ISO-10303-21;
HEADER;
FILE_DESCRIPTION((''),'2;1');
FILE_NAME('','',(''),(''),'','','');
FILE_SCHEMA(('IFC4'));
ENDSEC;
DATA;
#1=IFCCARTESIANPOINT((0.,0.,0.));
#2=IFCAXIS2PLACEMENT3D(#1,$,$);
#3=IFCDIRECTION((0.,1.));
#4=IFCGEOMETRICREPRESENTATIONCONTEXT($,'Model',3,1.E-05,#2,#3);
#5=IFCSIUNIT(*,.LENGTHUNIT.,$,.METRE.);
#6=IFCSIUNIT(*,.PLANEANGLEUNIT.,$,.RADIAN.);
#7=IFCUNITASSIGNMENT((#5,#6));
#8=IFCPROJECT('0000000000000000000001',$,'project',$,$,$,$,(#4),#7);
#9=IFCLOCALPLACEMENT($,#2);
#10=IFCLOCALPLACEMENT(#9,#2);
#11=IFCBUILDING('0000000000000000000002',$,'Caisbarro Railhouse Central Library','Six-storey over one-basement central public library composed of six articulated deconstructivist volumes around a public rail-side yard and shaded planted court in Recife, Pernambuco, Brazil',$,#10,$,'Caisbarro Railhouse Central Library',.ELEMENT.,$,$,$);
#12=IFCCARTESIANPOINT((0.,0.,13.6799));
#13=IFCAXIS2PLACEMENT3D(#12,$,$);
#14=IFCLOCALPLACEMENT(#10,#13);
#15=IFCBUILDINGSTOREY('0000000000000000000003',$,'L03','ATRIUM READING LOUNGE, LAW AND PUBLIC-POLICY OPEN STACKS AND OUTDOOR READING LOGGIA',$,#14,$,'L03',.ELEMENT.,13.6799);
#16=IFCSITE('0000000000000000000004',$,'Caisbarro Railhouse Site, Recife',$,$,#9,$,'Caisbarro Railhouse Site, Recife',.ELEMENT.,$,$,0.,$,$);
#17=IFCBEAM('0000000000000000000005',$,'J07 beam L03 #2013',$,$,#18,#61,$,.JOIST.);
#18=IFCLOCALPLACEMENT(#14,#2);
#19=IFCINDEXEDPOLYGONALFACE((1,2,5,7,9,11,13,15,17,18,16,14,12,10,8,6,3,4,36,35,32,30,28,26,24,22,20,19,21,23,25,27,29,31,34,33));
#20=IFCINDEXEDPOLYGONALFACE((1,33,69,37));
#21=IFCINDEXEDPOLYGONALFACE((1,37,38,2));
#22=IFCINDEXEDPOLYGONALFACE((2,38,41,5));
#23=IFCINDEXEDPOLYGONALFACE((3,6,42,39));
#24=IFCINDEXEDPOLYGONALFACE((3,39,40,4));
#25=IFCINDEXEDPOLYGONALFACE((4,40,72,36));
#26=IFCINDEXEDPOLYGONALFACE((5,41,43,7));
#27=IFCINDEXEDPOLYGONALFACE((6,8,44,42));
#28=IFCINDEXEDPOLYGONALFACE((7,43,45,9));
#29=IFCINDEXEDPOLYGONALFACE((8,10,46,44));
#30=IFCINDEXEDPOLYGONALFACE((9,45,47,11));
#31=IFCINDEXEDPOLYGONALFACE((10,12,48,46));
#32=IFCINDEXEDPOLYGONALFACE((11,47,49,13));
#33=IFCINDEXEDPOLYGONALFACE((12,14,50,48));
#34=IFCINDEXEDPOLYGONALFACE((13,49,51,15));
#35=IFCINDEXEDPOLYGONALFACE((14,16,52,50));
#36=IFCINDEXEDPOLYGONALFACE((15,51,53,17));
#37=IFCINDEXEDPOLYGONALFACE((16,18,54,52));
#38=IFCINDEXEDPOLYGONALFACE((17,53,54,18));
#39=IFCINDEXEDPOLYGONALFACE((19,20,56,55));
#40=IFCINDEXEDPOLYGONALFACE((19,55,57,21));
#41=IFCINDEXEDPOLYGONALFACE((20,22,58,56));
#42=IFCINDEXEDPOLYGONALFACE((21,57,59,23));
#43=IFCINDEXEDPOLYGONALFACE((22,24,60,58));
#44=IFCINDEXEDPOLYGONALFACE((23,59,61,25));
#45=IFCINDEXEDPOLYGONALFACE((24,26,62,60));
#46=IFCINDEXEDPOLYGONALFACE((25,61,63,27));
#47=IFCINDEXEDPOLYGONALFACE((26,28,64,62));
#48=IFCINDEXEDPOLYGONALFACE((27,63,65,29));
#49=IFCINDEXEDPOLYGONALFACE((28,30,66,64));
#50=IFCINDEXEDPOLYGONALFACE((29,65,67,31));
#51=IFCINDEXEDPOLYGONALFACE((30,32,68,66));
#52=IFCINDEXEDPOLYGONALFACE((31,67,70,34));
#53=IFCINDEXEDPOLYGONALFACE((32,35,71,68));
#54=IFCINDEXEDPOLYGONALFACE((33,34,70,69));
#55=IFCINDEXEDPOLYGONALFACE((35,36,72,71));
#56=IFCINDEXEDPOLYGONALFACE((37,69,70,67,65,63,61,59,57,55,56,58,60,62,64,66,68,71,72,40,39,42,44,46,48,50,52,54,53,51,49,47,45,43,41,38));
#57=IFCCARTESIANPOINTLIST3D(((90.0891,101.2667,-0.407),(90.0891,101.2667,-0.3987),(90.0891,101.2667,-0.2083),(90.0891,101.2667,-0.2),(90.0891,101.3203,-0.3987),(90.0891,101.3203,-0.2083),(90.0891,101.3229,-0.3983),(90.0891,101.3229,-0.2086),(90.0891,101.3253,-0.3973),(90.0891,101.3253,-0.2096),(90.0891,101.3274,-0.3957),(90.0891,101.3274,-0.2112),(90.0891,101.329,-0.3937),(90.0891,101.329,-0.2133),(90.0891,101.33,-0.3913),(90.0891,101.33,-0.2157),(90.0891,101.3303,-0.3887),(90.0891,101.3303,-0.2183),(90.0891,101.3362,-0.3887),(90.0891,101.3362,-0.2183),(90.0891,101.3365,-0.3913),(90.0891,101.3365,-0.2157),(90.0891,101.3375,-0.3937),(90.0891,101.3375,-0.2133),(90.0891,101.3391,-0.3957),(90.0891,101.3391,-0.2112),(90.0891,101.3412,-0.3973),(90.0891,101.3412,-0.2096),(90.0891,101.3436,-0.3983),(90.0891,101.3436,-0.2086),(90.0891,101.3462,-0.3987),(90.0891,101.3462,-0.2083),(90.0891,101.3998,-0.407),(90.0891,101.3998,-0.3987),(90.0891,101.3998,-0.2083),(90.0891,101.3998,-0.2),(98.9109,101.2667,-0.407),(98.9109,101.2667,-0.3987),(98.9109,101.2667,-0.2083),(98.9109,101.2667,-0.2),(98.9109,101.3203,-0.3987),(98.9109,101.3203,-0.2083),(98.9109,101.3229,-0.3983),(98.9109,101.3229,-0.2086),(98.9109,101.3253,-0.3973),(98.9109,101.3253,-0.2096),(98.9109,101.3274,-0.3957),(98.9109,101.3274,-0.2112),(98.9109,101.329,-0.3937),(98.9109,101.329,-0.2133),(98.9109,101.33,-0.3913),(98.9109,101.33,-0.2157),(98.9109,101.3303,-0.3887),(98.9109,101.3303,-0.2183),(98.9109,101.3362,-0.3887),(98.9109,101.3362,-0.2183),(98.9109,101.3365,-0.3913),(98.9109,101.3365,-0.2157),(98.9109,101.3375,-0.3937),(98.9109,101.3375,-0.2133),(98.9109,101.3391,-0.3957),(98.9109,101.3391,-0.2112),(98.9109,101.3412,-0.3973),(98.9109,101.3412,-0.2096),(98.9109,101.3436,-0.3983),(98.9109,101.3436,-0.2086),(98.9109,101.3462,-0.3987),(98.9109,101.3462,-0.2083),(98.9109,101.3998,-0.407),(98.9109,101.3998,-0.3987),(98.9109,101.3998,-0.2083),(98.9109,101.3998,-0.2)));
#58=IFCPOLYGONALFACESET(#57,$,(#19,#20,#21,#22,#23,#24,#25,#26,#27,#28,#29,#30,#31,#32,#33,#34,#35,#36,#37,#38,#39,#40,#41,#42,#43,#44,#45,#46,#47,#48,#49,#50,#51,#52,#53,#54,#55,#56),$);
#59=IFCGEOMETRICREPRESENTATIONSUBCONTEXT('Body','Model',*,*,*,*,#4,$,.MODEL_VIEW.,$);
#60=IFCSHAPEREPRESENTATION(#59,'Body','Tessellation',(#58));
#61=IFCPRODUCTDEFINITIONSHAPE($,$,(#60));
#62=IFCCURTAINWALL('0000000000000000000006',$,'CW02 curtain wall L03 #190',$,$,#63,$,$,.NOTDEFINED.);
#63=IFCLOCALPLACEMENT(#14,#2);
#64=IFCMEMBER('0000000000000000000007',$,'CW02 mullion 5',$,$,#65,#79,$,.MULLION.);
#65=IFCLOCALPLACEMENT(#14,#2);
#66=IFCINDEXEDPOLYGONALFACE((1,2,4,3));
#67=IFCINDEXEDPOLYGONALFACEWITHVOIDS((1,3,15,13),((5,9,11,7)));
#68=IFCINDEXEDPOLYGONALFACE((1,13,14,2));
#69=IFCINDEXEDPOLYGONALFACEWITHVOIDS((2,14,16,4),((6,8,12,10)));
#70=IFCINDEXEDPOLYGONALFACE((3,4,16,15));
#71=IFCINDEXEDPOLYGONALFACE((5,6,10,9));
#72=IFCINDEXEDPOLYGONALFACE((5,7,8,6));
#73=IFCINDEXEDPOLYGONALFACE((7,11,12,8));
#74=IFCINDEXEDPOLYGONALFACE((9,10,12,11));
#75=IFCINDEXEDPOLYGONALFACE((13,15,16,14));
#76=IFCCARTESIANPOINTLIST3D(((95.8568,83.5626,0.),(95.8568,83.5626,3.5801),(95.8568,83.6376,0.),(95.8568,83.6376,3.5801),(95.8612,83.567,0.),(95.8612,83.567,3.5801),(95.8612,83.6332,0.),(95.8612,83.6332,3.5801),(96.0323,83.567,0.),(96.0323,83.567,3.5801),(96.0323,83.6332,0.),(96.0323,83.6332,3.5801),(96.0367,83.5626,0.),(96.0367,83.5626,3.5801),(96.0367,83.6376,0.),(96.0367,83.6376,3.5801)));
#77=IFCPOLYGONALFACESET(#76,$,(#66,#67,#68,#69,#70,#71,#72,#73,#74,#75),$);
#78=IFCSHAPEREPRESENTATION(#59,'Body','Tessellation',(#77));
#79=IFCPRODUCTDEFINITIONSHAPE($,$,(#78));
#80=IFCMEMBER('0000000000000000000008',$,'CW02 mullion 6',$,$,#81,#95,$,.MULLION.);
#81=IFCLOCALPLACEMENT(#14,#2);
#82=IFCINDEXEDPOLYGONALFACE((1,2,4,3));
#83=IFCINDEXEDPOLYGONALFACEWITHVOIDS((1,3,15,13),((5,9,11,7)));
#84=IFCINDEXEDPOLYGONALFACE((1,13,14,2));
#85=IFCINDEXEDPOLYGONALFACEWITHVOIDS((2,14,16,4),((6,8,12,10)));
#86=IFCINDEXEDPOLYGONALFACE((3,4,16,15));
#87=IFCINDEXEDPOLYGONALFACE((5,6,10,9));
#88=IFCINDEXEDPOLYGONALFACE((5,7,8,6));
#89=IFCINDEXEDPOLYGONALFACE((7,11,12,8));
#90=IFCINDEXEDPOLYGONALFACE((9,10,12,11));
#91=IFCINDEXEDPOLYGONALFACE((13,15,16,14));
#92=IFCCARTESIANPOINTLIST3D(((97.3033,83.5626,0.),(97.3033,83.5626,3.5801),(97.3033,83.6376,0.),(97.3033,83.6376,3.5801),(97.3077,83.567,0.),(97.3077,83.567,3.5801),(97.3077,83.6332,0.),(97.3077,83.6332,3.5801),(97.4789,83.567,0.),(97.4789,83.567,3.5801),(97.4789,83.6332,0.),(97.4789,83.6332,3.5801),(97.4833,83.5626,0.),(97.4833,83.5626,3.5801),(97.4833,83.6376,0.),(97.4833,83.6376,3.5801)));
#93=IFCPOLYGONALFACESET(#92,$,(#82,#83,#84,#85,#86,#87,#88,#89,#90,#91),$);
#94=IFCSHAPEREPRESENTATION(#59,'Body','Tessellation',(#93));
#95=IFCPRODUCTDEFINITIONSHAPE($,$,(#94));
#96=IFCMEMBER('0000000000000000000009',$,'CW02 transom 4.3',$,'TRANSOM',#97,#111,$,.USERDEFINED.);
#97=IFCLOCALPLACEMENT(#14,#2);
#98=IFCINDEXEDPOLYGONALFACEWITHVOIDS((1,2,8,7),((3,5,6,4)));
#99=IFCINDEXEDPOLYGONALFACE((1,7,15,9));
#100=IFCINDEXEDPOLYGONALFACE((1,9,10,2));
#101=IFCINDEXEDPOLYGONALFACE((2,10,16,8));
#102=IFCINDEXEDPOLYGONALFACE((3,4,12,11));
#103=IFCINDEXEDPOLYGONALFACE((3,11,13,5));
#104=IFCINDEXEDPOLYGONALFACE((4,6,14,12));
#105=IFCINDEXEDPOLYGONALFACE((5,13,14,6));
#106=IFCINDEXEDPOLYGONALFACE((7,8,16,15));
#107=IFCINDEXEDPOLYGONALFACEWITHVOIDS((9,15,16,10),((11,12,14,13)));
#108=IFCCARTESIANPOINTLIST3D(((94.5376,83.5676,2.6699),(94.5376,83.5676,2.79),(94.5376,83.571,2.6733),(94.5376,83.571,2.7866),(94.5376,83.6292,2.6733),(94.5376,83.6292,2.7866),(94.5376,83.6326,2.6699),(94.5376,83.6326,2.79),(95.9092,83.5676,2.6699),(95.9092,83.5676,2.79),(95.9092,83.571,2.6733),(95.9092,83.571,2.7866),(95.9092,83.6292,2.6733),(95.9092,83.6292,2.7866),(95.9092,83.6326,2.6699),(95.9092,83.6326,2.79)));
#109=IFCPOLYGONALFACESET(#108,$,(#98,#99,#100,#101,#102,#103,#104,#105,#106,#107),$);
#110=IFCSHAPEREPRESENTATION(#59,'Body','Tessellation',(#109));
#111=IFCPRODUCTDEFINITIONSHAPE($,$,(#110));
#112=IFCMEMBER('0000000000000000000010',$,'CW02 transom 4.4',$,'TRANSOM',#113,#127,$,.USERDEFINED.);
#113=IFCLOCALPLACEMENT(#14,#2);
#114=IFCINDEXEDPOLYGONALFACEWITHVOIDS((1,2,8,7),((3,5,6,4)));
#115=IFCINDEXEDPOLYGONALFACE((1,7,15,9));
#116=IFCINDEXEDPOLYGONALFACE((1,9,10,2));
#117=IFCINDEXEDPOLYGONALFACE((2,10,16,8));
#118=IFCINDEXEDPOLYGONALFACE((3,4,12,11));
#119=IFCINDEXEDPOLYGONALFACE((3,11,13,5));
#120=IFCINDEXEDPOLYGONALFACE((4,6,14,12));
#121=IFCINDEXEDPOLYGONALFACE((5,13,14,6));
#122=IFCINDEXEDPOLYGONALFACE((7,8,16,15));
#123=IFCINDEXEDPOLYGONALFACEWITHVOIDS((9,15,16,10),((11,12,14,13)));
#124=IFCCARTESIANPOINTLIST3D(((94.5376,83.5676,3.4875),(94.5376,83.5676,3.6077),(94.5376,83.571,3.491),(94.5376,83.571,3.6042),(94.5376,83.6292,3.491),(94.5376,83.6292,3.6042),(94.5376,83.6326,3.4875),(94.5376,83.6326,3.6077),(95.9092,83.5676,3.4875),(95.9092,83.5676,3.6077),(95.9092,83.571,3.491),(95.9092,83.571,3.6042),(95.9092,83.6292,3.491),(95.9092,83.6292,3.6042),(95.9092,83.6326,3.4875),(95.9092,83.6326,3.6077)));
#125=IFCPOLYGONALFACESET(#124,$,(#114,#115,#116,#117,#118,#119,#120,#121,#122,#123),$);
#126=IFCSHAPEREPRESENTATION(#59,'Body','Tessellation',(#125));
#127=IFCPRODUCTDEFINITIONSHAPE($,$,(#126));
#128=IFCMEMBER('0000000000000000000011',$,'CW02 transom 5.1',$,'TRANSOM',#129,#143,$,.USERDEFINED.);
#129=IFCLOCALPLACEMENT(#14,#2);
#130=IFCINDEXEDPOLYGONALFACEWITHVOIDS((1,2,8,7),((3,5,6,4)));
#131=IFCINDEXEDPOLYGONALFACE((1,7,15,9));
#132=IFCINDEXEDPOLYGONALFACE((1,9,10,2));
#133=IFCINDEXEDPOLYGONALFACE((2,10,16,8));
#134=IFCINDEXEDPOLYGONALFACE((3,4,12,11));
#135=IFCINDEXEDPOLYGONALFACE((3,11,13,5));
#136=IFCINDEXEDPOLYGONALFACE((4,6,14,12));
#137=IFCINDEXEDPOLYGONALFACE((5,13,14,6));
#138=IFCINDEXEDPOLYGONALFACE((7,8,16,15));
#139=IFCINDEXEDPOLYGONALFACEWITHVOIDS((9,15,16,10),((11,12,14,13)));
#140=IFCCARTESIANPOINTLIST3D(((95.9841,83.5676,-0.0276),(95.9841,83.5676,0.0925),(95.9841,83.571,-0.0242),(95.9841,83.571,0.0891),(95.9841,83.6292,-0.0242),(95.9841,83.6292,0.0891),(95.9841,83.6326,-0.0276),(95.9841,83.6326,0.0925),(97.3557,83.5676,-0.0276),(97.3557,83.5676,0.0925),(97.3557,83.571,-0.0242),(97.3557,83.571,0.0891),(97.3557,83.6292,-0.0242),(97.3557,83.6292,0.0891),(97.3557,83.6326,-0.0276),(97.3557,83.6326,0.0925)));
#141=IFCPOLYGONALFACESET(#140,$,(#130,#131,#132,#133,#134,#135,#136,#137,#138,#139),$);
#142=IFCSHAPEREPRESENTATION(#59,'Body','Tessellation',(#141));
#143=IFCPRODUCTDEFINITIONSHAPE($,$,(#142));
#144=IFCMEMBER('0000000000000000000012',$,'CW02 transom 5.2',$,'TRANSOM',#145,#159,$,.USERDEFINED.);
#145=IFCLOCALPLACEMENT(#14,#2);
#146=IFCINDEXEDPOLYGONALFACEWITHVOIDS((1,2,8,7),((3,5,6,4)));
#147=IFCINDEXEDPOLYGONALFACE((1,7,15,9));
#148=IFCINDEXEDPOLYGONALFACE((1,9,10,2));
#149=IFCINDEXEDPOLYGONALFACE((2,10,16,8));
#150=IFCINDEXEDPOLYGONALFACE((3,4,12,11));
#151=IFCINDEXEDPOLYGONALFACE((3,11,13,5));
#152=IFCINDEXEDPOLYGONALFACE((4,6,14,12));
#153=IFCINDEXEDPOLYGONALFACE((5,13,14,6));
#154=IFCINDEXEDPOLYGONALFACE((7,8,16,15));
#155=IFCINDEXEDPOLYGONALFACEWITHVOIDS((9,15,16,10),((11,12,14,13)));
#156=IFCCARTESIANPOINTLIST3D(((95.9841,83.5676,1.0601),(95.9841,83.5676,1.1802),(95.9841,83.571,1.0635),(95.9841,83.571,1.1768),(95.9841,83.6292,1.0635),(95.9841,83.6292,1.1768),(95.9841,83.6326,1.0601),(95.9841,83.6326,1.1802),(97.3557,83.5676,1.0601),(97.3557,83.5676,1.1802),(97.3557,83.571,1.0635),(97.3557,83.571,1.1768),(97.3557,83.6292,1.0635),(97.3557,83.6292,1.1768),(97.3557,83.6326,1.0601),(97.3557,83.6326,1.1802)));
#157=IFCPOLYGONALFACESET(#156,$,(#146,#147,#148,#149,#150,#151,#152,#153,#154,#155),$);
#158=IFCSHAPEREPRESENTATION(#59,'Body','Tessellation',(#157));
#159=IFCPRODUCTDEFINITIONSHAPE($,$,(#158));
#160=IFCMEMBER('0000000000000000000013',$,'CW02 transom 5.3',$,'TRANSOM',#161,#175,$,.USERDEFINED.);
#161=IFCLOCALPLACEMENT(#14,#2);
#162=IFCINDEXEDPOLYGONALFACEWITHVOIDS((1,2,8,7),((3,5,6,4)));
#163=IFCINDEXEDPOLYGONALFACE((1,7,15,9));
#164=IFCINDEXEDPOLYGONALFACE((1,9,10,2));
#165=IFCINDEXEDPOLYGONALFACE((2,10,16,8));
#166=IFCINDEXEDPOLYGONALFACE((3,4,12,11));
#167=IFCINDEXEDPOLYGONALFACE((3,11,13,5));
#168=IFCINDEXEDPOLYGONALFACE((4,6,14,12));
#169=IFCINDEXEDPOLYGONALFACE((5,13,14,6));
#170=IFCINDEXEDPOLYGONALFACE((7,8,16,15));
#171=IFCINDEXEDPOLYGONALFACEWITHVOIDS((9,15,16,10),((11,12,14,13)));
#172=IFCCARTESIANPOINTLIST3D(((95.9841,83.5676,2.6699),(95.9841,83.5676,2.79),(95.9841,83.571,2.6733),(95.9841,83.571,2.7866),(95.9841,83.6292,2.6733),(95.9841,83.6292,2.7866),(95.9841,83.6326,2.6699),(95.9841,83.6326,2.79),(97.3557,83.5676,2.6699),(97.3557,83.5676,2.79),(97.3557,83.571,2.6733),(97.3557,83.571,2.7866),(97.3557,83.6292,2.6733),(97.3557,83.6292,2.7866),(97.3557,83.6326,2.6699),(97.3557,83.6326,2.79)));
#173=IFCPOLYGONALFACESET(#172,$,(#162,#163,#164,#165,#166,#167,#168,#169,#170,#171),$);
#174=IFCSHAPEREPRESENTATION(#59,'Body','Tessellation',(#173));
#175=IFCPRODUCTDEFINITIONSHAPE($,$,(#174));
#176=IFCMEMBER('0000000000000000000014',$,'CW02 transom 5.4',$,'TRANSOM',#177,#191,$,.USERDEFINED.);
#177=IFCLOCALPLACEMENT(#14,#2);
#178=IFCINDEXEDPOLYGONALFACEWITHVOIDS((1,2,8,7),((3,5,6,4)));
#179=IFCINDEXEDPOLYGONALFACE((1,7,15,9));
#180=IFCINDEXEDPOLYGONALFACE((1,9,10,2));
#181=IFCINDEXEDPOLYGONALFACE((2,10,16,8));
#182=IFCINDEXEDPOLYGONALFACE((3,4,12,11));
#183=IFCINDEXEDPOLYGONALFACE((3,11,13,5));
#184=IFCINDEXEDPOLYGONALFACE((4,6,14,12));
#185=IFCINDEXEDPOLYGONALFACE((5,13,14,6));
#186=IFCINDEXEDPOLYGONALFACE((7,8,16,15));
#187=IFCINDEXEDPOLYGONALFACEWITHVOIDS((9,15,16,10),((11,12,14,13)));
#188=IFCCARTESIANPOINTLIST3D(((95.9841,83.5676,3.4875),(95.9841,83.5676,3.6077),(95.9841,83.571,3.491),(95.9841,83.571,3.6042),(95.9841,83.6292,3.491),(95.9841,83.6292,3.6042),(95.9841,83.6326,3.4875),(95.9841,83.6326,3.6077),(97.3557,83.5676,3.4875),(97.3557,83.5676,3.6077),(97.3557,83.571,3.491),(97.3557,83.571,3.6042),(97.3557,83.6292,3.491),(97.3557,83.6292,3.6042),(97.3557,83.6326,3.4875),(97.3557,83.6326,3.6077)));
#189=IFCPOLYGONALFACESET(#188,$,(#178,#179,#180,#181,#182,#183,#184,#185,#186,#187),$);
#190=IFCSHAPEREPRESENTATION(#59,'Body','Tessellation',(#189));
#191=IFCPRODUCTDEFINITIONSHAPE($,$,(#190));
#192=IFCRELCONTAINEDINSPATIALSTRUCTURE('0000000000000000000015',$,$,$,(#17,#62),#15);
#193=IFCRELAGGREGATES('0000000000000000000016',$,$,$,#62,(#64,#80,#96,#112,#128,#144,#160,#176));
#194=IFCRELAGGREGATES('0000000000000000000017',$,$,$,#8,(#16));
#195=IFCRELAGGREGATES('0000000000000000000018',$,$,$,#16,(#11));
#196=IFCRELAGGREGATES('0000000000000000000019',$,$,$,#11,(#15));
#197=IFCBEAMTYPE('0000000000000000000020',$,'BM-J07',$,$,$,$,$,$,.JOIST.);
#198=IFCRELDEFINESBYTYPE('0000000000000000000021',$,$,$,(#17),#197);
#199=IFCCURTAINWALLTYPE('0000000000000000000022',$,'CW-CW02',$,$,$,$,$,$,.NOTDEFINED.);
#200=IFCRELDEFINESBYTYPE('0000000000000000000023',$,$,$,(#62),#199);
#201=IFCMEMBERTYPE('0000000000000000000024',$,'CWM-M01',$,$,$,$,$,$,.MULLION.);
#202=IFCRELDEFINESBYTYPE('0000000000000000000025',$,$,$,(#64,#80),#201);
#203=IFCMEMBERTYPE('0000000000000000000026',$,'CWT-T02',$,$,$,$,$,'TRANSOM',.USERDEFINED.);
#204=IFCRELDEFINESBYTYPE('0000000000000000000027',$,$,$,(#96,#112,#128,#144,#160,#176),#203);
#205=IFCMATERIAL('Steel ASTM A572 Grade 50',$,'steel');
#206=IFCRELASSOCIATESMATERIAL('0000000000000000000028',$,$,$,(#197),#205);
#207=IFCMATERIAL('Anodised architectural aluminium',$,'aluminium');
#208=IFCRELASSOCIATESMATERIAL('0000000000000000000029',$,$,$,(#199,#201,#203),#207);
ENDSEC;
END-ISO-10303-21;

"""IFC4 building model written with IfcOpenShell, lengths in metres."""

from ifc_helpers import new_model, si_unit, direction, frame, origin, origin_2d, place, context, subcontext, project, spatial, hollow_rectangle, i_section, extrude, material, material_profile, profile_set, type_object, element, aggregate, save


model = new_model("IFC4")

# Units and contexts
model_context = context("Model", 3, precision=1e-05, world=origin(), true_north=direction((0.0, 1.0)))
body_context = subcontext(model_context, "Body", "Model", "MODEL_VIEW")
ifc_project = project(units=[si_unit("LENGTHUNIT", "METRE"), si_unit("PLANEANGLEUNIT", "RADIAN")], contexts=[model_context])

# Site, building, storey
site_placement = place(None, origin())
site = spatial("IfcSite", under=ifc_project, at=site_placement, Name="Caisbarro Railhouse Site, Recife", LongName="Caisbarro Railhouse Site, Recife", CompositionType="ELEMENT", RefElevation=0.0)
building_placement = place(site_placement, origin())
building = spatial("IfcBuilding", under=site, at=building_placement, Name="Caisbarro Railhouse Central Library", Description="Six-storey over one-basement central public library composed of six articulated deconstructivist volumes around a public rail-side yard and shaded planted court in Recife, Pernambuco, Brazil", LongName="Caisbarro Railhouse Central Library", CompositionType="ELEMENT")
storey_placement = place(building_placement, frame((0.0, 0.0, 13.6799)))
storey = spatial("IfcBuildingStorey", under=building, at=storey_placement, Name="L03", Description="ATRIUM READING LOUNGE, LAW AND PUBLIC-POLICY OPEN STACKS AND OUTDOOR READING LOGGIA", LongName="L03", CompositionType="ELEMENT", Elevation=13.6799)

# Beam
ifc_material_1 = material(Name="Steel ASTM A572 Grade 50", Category="steel")
ifc_material_profile_1 = material_profile(ifc_material_1, i_section(OverallWidth=0.1331, OverallDepth=0.207, WebThickness=0.0059, FlangeThickness=0.0083, FilletRadius=0.01, at=origin_2d()), Name="W200X26.6")
ifc_profile_set_1 = profile_set([ifc_material_profile_1], Name="Steel ASTM A572 Grade 50")
beam_type = type_object("IfcBeamType", Name="BM-J07", PredefinedType="JOIST", material=ifc_profile_set_1)
for number, where, z_axis, x_axis, name in (
    (1, (90.0891, 101.3333, -0.3035), (1.0, 0.0, 0.0), (0.0, 1.0, 0.0), "J07 beam L03 #2013"),
):
    element("IfcBeam", number, at=place(storey_placement, frame(where, z_axis=z_axis, x_axis=x_axis)), inside=storey, type_object=beam_type, Name=name, PredefinedType="JOIST", context=body_context, shape_type="SweptSolid", body=[
        extrude(i_section(OverallWidth=0.1331, OverallDepth=0.207, WebThickness=0.0059, FlangeThickness=0.0083, FilletRadius=0.01, at=origin_2d()), origin(), (0.0, 0.0, 1.0), 8.8218),
    ])

# Curtain wall, members
ifc_material_2 = material(Name="Anodised architectural aluminium", Category="aluminium")
curtain_wall_type = type_object("IfcCurtainWallType", Name="CW-CW02", PredefinedType="NOTDEFINED", material=ifc_material_2)
curtain_wall_placement = place(storey_placement, origin())
curtain_wall = element("IfcCurtainWall", 2, at=curtain_wall_placement, inside=storey, type_object=curtain_wall_type, Name="CW02 curtain wall L03 #190", PredefinedType="NOTDEFINED")
ifc_material_profile_2 = material_profile(ifc_material_2, hollow_rectangle(XDim=0.075, YDim=0.1799, WallThickness=0.0044, at=origin_2d()), Name="ALU-MUL-75X180")
ifc_profile_set_2 = profile_set([ifc_material_profile_2], Name="Anodised architectural aluminium")
member_type_1 = type_object("IfcMemberType", Name="CWM-M01", PredefinedType="MULLION", material=ifc_profile_set_2)
member_1_placement = place(storey_placement, frame((95.9468, 83.6001, 0.0), z_axis=(0.0, 0.0, 1.0), x_axis=(0.0, 1.0, 0.0)))
member_1 = element("IfcMember", 3, at=member_1_placement, type_object=member_type_1, Name="CW02 mullion 5", PredefinedType="MULLION", context=body_context, shape_type="SweptSolid", body=[
    extrude(hollow_rectangle(XDim=0.075, YDim=0.1799, WallThickness=0.0044, at=origin_2d()), origin(), (0.0, 0.0, 1.0), 3.5801),
])
member_2_placement = place(storey_placement, frame((97.3933, 83.6001, 0.0), z_axis=(0.0, 0.0, 1.0), x_axis=(0.0, 1.0, 0.0)))
member_2 = element("IfcMember", 4, at=member_2_placement, type_object=member_type_1, Name="CW02 mullion 6", PredefinedType="MULLION", context=body_context, shape_type="SweptSolid", body=[
    extrude(hollow_rectangle(XDim=0.075, YDim=0.1799, WallThickness=0.0044, at=origin_2d()), origin(), (0.0, 0.0, 1.0), 3.5801),
])
ifc_material_profile_3 = material_profile(ifc_material_2, hollow_rectangle(XDim=0.0649, YDim=0.1201, WallThickness=0.0034, at=origin_2d()), Name="ALU-TRN-65X120")
ifc_profile_set_3 = profile_set([ifc_material_profile_3], Name="Anodised architectural aluminium")
member_type_2 = type_object("IfcMemberType", Name="CWT-T02", ElementType="TRANSOM", PredefinedType="USERDEFINED", material=ifc_profile_set_3)
member_3_placement = place(storey_placement, frame((94.5376, 83.6001, 2.73), z_axis=(1.0, 0.0, 0.0), x_axis=(0.0, 1.0, 0.0)))
member_3 = element("IfcMember", 5, at=member_3_placement, type_object=member_type_2, Name="CW02 transom 4.3", ObjectType="TRANSOM", PredefinedType="USERDEFINED", context=body_context, shape_type="SweptSolid", body=[
    extrude(hollow_rectangle(XDim=0.0649, YDim=0.1201, WallThickness=0.0034, at=origin_2d()), origin(), (0.0, 0.0, 1.0), 1.3716),
])
member_4_placement = place(storey_placement, frame((94.5376, 83.6001, 3.5476), z_axis=(1.0, 0.0, 0.0), x_axis=(0.0, 1.0, 0.0)))
member_4 = element("IfcMember", 6, at=member_4_placement, type_object=member_type_2, Name="CW02 transom 4.4", ObjectType="TRANSOM", PredefinedType="USERDEFINED", context=body_context, shape_type="SweptSolid", body=[
    extrude(hollow_rectangle(XDim=0.0649, YDim=0.1201, WallThickness=0.0034, at=origin_2d()), origin(), (0.0, 0.0, 1.0), 1.3716),
])
member_5_placement = place(storey_placement, frame((95.9841, 83.6001, 0.0325), z_axis=(1.0, 0.0, 0.0), x_axis=(0.0, 1.0, 0.0)))
member_5 = element("IfcMember", 7, at=member_5_placement, type_object=member_type_2, Name="CW02 transom 5.1", ObjectType="TRANSOM", PredefinedType="USERDEFINED", context=body_context, shape_type="SweptSolid", body=[
    extrude(hollow_rectangle(XDim=0.0649, YDim=0.1201, WallThickness=0.0034, at=origin_2d()), origin(), (0.0, 0.0, 1.0), 1.3716),
])
member_6_placement = place(storey_placement, frame((95.9841, 83.6001, 1.1201), z_axis=(1.0, 0.0, 0.0), x_axis=(0.0, 1.0, 0.0)))
member_6 = element("IfcMember", 8, at=member_6_placement, type_object=member_type_2, Name="CW02 transom 5.2", ObjectType="TRANSOM", PredefinedType="USERDEFINED", context=body_context, shape_type="SweptSolid", body=[
    extrude(hollow_rectangle(XDim=0.0649, YDim=0.1201, WallThickness=0.0034, at=origin_2d()), origin(), (0.0, 0.0, 1.0), 1.3716),
])
member_7_placement = place(storey_placement, frame((95.9841, 83.6001, 2.73), z_axis=(1.0, 0.0, 0.0), x_axis=(0.0, 1.0, 0.0)))
member_7 = element("IfcMember", 9, at=member_7_placement, type_object=member_type_2, Name="CW02 transom 5.3", ObjectType="TRANSOM", PredefinedType="USERDEFINED", context=body_context, shape_type="SweptSolid", body=[
    extrude(hollow_rectangle(XDim=0.0649, YDim=0.1201, WallThickness=0.0034, at=origin_2d()), origin(), (0.0, 0.0, 1.0), 1.3716),
])
member_8_placement = place(storey_placement, frame((95.9841, 83.6001, 3.5476), z_axis=(1.0, 0.0, 0.0), x_axis=(0.0, 1.0, 0.0)))
member_8 = element("IfcMember", 10, at=member_8_placement, type_object=member_type_2, Name="CW02 transom 5.4", ObjectType="TRANSOM", PredefinedType="USERDEFINED", context=body_context, shape_type="SweptSolid", body=[
    extrude(hollow_rectangle(XDim=0.0649, YDim=0.1201, WallThickness=0.0034, at=origin_2d()), origin(), (0.0, 0.0, 1.0), 1.3716),
])
aggregate(curtain_wall, [member_1, member_2, member_3, member_4, member_5, member_6, member_7, member_8])

save(model, "model.ifc")
